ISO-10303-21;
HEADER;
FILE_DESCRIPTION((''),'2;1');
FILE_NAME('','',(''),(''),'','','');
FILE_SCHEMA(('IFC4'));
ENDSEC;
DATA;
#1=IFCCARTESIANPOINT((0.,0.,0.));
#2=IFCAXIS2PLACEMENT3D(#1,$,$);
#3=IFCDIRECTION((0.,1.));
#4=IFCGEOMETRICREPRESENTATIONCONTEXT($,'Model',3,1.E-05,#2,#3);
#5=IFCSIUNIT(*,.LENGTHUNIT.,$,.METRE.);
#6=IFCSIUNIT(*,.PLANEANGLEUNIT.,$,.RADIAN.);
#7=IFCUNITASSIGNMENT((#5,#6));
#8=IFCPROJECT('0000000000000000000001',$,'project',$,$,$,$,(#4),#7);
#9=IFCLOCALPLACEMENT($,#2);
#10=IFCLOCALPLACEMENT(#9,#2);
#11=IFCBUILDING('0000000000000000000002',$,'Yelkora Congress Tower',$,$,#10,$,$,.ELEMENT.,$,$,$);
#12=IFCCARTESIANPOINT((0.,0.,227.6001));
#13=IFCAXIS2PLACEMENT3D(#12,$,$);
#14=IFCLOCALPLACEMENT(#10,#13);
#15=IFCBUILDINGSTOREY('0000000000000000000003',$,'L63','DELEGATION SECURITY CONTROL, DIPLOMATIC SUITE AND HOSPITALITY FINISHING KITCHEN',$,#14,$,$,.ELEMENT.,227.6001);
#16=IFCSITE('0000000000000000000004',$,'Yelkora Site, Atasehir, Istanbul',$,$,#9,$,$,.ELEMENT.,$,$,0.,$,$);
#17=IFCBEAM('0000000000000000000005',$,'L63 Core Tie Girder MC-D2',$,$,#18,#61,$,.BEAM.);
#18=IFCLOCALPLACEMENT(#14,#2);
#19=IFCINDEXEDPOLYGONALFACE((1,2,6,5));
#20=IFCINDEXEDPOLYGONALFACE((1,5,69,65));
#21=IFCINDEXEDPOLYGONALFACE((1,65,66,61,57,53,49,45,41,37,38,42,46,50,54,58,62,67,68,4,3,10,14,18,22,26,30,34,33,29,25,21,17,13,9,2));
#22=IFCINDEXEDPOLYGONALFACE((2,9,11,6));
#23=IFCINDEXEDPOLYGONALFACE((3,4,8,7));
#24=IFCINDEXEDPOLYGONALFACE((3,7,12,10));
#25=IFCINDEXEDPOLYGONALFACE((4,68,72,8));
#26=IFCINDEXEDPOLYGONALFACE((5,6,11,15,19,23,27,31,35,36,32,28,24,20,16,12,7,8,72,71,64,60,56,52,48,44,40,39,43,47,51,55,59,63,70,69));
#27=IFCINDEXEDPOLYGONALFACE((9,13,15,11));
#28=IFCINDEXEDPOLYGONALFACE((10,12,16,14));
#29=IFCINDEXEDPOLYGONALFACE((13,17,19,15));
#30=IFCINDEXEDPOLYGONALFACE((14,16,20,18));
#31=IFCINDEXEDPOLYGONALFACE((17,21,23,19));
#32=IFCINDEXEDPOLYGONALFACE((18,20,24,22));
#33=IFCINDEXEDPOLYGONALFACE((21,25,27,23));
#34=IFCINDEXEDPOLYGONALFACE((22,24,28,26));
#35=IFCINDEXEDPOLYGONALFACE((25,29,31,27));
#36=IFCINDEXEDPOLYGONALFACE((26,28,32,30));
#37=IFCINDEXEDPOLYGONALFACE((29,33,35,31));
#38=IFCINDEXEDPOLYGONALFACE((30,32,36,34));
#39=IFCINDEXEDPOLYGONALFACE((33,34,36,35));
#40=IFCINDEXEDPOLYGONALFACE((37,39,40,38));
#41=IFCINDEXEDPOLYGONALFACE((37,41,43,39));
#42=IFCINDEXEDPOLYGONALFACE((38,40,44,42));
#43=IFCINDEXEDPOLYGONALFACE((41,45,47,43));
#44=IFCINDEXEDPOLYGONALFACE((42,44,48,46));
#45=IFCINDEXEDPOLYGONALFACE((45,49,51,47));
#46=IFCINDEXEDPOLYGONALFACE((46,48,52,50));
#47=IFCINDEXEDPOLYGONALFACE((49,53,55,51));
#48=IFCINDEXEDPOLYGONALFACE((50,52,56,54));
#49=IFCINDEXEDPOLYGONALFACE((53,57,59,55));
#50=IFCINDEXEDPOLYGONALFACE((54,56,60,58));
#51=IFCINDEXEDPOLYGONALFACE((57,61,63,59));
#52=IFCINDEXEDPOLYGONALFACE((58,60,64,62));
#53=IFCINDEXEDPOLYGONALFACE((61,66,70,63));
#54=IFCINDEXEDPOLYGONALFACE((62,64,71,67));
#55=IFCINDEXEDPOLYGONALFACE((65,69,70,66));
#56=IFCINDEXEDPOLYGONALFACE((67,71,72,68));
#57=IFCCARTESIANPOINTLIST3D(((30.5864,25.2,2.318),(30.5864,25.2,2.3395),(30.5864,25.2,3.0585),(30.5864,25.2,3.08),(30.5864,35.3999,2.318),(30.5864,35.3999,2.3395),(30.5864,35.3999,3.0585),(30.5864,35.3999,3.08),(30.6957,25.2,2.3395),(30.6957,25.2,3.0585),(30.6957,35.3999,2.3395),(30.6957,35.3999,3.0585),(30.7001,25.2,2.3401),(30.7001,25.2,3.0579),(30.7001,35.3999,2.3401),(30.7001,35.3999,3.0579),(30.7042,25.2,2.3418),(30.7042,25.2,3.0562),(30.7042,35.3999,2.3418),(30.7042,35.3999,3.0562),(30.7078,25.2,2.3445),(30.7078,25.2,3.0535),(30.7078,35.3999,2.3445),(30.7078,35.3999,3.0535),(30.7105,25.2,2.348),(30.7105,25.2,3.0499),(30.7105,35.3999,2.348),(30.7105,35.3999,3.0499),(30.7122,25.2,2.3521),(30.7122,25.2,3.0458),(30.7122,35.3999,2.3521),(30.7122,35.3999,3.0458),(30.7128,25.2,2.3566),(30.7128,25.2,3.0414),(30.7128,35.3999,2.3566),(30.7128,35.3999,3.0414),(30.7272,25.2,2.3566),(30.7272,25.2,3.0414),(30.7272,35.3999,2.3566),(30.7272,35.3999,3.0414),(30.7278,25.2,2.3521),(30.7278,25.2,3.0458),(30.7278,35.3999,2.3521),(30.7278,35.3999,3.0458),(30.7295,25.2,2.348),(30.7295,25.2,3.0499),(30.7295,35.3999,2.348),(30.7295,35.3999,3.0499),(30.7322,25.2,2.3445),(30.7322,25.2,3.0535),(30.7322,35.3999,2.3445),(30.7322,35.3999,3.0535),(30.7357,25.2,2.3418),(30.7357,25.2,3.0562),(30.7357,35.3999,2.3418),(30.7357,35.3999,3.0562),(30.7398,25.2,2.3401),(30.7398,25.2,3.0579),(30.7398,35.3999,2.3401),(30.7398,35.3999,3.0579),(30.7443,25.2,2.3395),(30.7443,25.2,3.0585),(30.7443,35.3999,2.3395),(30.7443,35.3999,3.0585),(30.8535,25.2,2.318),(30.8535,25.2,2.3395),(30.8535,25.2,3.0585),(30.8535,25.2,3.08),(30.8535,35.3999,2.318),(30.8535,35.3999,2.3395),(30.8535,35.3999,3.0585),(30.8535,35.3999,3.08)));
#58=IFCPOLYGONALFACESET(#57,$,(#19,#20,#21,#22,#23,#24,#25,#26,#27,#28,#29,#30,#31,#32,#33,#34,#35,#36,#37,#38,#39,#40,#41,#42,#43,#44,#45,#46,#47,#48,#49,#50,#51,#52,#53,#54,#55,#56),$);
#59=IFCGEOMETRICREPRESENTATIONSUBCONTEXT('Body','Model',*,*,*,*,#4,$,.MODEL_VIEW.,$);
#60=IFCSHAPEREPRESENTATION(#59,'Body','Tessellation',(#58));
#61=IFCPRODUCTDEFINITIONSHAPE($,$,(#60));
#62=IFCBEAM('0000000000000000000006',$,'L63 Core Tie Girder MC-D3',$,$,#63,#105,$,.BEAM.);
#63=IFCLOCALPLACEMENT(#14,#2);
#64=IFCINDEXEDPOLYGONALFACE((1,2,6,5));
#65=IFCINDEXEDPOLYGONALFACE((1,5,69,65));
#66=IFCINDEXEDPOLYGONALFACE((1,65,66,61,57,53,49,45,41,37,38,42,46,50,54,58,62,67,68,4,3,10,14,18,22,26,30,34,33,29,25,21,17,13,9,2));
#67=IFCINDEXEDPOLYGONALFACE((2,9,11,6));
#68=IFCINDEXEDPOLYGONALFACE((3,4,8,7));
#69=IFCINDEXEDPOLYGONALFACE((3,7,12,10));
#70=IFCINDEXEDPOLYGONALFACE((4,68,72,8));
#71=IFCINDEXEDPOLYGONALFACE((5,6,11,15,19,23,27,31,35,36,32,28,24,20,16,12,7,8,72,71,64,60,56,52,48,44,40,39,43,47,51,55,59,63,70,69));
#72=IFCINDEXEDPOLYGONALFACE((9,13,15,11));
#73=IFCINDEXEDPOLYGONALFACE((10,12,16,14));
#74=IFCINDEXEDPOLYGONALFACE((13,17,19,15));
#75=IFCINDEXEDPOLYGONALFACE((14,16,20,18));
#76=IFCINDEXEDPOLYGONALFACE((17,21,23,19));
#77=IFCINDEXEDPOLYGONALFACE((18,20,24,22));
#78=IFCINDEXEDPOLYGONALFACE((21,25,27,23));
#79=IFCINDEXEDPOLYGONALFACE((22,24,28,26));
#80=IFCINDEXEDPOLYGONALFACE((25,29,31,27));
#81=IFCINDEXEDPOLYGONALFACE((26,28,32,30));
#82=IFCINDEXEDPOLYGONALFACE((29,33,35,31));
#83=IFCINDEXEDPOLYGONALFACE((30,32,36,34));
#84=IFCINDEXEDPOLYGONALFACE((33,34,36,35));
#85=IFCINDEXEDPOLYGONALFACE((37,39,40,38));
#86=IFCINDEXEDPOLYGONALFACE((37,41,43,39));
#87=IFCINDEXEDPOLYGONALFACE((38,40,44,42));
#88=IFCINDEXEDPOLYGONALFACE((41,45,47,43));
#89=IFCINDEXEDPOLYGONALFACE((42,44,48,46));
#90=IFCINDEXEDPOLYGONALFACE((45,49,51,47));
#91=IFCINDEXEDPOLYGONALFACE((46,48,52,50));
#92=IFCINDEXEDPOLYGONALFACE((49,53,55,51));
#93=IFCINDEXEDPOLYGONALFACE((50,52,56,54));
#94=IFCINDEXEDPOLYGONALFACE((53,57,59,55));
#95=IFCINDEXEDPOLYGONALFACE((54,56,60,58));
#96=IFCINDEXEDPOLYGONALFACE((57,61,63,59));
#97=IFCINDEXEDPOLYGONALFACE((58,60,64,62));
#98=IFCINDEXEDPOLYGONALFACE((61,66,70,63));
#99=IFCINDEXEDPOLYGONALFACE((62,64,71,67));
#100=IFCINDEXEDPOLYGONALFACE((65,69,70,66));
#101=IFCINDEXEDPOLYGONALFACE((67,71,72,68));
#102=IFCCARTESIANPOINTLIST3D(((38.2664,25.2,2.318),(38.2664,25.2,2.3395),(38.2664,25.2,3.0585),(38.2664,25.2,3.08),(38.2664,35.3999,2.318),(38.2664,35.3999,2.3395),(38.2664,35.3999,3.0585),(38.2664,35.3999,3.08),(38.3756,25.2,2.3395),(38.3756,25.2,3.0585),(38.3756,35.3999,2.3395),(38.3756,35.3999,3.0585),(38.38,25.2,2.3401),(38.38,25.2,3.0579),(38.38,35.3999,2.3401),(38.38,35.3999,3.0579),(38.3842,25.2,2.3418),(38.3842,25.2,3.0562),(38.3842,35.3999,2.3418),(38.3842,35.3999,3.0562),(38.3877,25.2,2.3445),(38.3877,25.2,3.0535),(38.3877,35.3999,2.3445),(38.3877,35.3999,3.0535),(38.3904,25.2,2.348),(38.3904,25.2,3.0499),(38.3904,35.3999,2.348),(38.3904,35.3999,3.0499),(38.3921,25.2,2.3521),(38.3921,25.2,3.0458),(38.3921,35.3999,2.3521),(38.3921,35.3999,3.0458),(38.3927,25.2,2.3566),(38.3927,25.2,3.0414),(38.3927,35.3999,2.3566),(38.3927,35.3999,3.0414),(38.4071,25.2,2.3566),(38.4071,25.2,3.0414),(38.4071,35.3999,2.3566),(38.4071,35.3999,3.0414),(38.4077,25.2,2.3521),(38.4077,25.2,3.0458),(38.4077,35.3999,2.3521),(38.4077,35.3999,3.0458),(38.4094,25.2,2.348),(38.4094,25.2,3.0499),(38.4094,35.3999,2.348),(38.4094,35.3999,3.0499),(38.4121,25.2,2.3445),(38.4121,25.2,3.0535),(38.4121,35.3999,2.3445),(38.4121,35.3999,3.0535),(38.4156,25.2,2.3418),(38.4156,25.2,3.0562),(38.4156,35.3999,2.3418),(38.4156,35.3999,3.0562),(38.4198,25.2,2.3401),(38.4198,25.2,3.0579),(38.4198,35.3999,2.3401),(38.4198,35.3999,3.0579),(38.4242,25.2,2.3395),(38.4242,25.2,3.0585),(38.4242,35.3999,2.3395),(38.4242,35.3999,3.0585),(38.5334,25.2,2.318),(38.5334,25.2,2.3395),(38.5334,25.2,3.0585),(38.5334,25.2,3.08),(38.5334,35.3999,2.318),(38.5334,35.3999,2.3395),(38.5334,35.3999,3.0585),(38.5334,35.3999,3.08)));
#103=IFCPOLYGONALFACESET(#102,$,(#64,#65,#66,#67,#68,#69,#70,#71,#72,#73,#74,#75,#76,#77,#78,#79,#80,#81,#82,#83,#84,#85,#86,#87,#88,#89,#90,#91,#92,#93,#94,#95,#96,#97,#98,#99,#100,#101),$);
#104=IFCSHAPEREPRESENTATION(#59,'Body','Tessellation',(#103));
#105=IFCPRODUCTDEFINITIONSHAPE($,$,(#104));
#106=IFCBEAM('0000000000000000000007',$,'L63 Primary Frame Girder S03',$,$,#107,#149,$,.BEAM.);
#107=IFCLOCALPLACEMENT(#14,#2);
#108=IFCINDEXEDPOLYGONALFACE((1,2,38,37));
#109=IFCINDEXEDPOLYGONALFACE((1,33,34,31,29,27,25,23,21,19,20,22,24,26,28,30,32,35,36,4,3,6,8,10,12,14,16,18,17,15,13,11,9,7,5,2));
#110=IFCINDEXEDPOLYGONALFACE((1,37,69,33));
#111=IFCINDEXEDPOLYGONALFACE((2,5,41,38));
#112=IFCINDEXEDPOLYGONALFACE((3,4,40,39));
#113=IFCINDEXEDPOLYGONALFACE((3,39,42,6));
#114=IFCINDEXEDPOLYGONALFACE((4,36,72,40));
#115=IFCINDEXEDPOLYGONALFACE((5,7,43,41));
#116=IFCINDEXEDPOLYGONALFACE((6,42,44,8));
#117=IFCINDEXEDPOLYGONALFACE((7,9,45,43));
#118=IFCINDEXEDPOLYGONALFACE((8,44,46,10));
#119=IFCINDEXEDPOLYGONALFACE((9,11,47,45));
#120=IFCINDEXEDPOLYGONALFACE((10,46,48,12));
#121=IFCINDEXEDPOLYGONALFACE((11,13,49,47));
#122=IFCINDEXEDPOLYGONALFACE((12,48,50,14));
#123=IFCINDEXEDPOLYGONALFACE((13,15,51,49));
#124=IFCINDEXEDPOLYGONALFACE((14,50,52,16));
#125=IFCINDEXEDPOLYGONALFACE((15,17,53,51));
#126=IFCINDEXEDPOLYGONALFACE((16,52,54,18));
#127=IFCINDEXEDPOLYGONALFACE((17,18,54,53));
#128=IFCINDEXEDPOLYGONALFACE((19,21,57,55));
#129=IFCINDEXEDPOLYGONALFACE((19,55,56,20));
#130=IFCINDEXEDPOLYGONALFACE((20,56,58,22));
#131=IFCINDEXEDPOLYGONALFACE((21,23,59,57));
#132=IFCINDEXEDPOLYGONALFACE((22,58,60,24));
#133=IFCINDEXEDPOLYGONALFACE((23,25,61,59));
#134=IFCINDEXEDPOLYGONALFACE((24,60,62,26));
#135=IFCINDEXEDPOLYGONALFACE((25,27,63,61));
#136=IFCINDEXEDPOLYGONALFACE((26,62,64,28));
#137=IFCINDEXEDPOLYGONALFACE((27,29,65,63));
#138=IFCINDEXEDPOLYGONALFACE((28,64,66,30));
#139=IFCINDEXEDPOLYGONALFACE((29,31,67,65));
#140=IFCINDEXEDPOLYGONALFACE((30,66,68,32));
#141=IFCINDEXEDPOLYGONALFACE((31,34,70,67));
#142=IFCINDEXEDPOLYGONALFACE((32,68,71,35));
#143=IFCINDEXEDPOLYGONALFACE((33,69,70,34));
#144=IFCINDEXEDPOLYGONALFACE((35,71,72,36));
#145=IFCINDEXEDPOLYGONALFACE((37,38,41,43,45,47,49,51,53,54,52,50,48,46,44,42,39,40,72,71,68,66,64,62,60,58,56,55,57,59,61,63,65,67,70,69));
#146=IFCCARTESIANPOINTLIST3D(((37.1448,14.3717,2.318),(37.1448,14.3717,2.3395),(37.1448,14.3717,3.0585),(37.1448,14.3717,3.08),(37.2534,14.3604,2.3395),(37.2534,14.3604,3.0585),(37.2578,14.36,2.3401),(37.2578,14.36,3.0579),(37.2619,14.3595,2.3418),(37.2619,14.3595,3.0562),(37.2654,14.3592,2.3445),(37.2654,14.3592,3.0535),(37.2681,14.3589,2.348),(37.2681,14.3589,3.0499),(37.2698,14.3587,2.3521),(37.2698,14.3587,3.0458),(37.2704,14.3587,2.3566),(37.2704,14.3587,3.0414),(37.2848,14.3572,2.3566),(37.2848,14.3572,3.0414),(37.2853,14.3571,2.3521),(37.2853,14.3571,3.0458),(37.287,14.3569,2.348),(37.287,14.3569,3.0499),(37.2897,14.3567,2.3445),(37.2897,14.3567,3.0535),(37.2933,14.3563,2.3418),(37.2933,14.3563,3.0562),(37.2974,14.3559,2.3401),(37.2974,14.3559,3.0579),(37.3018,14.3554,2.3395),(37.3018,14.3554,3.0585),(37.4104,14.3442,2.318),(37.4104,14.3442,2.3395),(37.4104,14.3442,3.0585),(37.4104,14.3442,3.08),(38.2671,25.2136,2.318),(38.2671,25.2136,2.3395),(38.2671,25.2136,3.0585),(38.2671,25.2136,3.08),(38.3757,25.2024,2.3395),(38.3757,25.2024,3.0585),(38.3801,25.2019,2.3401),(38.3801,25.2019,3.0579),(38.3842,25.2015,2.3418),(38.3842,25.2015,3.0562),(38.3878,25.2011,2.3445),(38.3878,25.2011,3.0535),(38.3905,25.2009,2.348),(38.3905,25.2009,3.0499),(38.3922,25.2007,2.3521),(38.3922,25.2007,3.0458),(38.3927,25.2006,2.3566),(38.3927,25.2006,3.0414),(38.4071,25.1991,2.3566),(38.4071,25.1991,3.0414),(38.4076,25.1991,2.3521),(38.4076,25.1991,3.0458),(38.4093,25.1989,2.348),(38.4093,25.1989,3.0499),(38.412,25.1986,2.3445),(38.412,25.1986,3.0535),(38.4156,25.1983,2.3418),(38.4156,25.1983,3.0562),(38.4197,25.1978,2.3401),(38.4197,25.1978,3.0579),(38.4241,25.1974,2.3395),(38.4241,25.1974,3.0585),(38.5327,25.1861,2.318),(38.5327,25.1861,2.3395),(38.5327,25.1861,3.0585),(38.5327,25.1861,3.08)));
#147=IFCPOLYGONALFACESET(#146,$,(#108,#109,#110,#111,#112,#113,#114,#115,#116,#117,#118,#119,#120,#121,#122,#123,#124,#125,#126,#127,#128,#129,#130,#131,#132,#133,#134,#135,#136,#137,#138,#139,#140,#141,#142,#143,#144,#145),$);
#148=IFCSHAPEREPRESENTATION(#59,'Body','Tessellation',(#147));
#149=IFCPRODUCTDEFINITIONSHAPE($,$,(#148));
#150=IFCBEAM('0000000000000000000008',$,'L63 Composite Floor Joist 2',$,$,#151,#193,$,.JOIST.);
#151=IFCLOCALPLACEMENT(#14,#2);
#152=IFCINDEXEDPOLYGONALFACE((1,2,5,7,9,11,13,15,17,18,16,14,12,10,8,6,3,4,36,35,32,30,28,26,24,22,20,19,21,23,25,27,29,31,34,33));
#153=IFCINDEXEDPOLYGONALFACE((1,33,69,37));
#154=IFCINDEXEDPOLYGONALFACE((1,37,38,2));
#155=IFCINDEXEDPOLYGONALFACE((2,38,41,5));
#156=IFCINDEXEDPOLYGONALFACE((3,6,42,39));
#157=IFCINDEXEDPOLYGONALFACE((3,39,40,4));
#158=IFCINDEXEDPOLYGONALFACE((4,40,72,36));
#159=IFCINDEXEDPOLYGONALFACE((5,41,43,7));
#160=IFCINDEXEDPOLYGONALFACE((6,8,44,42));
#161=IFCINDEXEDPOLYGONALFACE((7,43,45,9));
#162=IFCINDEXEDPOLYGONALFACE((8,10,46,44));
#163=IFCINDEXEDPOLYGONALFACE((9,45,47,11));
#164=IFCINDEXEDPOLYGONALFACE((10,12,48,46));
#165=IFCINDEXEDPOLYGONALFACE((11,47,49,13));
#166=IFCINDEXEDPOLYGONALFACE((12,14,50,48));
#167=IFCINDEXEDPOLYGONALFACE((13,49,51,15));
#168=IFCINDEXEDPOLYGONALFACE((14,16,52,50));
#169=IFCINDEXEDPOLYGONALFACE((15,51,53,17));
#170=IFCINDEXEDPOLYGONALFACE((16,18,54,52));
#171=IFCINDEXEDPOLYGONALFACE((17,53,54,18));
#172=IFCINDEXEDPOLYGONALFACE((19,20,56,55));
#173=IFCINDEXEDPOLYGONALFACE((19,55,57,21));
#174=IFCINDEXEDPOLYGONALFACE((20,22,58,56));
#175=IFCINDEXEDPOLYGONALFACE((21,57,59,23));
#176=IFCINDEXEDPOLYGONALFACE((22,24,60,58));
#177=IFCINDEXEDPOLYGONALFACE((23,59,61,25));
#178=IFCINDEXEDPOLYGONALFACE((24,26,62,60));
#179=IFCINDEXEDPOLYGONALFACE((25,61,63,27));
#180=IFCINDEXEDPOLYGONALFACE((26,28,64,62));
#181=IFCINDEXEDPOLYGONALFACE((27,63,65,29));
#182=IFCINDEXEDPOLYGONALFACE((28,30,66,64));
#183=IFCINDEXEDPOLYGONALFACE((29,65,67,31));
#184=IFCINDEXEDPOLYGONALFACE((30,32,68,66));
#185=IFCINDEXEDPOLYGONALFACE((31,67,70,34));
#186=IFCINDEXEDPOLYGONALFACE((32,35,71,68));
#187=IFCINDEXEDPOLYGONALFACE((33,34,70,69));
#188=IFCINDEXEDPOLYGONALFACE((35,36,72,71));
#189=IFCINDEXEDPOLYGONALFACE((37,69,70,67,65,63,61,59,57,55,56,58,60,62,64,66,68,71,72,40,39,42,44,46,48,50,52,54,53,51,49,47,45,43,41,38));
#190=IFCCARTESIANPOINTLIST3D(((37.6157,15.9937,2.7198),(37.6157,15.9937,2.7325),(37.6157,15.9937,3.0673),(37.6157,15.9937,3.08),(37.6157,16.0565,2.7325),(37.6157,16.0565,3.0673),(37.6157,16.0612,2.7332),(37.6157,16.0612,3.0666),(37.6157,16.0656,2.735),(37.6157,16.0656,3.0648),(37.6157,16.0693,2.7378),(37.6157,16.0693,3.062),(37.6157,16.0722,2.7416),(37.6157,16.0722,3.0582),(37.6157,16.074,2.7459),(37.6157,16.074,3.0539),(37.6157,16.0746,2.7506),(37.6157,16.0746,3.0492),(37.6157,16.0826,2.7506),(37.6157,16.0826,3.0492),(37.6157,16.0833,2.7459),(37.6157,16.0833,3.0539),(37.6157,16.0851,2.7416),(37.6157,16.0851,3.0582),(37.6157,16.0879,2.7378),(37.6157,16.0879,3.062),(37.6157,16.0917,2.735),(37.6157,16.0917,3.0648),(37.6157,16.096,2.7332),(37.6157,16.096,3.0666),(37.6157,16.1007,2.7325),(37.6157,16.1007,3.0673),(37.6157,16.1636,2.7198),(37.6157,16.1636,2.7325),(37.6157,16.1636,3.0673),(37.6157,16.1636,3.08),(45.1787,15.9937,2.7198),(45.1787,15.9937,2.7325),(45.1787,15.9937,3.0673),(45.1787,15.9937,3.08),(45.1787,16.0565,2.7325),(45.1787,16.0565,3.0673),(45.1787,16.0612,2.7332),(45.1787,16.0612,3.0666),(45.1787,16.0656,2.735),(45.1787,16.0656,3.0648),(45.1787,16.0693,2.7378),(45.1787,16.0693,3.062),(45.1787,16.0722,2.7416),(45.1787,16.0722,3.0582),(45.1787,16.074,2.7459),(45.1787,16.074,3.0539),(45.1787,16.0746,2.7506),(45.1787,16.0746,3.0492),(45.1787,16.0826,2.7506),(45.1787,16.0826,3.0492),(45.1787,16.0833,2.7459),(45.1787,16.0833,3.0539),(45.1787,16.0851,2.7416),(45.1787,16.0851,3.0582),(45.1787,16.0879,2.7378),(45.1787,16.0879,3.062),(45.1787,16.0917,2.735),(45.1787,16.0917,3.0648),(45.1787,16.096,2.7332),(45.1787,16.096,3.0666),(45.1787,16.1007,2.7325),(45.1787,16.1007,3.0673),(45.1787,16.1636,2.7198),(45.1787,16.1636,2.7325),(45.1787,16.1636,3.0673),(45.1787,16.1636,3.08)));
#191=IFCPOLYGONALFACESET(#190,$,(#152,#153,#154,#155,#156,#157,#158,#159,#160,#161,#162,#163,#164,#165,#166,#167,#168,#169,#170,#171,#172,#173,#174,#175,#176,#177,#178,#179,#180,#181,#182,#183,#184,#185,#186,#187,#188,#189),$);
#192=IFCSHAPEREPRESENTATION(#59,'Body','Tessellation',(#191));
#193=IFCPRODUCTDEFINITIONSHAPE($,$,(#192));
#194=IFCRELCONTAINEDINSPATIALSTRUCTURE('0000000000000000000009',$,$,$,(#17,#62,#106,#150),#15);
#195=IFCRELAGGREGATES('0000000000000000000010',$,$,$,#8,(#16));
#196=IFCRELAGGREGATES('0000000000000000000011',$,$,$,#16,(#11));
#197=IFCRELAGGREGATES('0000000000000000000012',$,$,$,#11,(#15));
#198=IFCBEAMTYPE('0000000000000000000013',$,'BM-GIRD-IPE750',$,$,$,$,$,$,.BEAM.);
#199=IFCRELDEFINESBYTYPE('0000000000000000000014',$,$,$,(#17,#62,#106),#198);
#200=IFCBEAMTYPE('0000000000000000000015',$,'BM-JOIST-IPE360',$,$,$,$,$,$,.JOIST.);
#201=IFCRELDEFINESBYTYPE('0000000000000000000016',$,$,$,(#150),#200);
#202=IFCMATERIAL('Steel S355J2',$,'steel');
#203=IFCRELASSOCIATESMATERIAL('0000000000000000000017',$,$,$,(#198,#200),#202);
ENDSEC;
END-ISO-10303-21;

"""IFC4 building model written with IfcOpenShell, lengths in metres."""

from ifc_helpers import new_model, si_unit, direction, frame, origin, origin_2d, place, context, subcontext, project, spatial, i_section, extrude, material, material_profile, profile_set, type_object, element, save


model = new_model("IFC4")

# Units and contexts
model_context = context("Model", 3, precision=1e-05, world=origin(), true_north=direction((0.0, 1.0)))
body_context = subcontext(model_context, "Body", "Model", "MODEL_VIEW")
ifc_project = project(units=[si_unit("LENGTHUNIT", "METRE"), si_unit("PLANEANGLEUNIT", "RADIAN")], contexts=[model_context])

# Site, building, storey
site_placement = place(None, origin())
site = spatial("IfcSite", under=ifc_project, at=site_placement, Name="Yelkora Site, Atasehir, Istanbul", CompositionType="ELEMENT", RefElevation=0.0)
building_placement = place(site_placement, origin())
building = spatial("IfcBuilding", under=site, at=building_placement, Name="Yelkora Congress Tower", CompositionType="ELEMENT")
storey_placement = place(building_placement, frame((0.0, 0.0, 227.6001)))
storey = spatial("IfcBuildingStorey", under=building, at=storey_placement, Name="L63", Description="DELEGATION SECURITY CONTROL, DIPLOMATIC SUITE AND HOSPITALITY FINISHING KITCHEN", CompositionType="ELEMENT", Elevation=227.6001)

# Shared definitions
ifc_material_1 = material(Name="Steel S355J2", Category="steel")

# Beams
ifc_material_profile_1 = material_profile(ifc_material_1, i_section(OverallWidth=0.2671, OverallDepth=0.762, WebThickness=0.0144, FlangeThickness=0.0215, FilletRadius=0.0171, at=origin_2d()), Name="IPE 750x173")
ifc_profile_set_1 = profile_set([ifc_material_profile_1], Name="Steel S355J2")
beam_type_1 = type_object("IfcBeamType", Name="BM-GIRD-IPE750", PredefinedType="BEAM", material=ifc_profile_set_1)
for number, where, z_axis, x_axis, name in (
    (1, (30.72, 25.2, 2.699), (0.0, 1.0, 0.0), (-1.0, 0.0, 0.0), "L63 Core Tie Girder MC-D2"),
    (2, (38.3999, 25.2, 2.699), (0.0, 1.0, 0.0), (-1.0, 0.0, 0.0), "L63 Core Tie Girder MC-D3"),
):
    element("IfcBeam", number, at=place(storey_placement, frame(where, z_axis=z_axis, x_axis=x_axis)), inside=storey, type_object=beam_type_1, Name=name, PredefinedType="BEAM", context=body_context, shape_type="SweptSolid", body=[
        extrude(i_section(OverallWidth=0.2671, OverallDepth=0.762, WebThickness=0.0144, FlangeThickness=0.0215, FilletRadius=0.0171, at=origin_2d()), origin(), (0.0, 0.0, 1.0), 10.2),
    ])
beam_1_placement = place(storey_placement, frame((37.2776, 14.3579, 2.699), z_axis=(0.102965, 0.994685, 0.0), x_axis=(-0.994685, 0.102965, 0.0)))
element("IfcBeam", 3, at=beam_1_placement, inside=storey, type_object=beam_type_1, Name="L63 Primary Frame Girder S03", PredefinedType="BEAM", context=body_context, shape_type="SweptSolid", body=[
    extrude(i_section(OverallWidth=0.2671, OverallDepth=0.762, WebThickness=0.0144, FlangeThickness=0.0215, FilletRadius=0.0171, at=origin_2d()), origin(), (0.0, 0.0, 1.0), 10.8999),
])
ifc_material_profile_2 = material_profile(ifc_material_1, i_section(OverallWidth=0.1699, OverallDepth=0.3601, WebThickness=0.0081, FlangeThickness=0.0127, FilletRadius=0.0181, at=origin_2d()), Name="IPE 360")
ifc_profile_set_2 = profile_set([ifc_material_profile_2], Name="Steel S355J2")
beam_type_2 = type_object("IfcBeamType", Name="BM-JOIST-IPE360", PredefinedType="JOIST", material=ifc_profile_set_2)
beam_2_placement = place(storey_placement, frame((37.6157, 16.0786, 2.8999), z_axis=(1.0, 0.0, 0.0), x_axis=(0.0, 1.0, 0.0)))
element("IfcBeam", 4, at=beam_2_placement, inside=storey, type_object=beam_type_2, Name="L63 Composite Floor Joist 2", PredefinedType="JOIST", context=body_context, shape_type="SweptSolid", body=[
    extrude(i_section(OverallWidth=0.1699, OverallDepth=0.3601, WebThickness=0.0081, FlangeThickness=0.0127, FilletRadius=0.0181, at=origin_2d()), origin(), (0.0, 0.0, 1.0), 7.563),
])

save(model, "model.ifc")
